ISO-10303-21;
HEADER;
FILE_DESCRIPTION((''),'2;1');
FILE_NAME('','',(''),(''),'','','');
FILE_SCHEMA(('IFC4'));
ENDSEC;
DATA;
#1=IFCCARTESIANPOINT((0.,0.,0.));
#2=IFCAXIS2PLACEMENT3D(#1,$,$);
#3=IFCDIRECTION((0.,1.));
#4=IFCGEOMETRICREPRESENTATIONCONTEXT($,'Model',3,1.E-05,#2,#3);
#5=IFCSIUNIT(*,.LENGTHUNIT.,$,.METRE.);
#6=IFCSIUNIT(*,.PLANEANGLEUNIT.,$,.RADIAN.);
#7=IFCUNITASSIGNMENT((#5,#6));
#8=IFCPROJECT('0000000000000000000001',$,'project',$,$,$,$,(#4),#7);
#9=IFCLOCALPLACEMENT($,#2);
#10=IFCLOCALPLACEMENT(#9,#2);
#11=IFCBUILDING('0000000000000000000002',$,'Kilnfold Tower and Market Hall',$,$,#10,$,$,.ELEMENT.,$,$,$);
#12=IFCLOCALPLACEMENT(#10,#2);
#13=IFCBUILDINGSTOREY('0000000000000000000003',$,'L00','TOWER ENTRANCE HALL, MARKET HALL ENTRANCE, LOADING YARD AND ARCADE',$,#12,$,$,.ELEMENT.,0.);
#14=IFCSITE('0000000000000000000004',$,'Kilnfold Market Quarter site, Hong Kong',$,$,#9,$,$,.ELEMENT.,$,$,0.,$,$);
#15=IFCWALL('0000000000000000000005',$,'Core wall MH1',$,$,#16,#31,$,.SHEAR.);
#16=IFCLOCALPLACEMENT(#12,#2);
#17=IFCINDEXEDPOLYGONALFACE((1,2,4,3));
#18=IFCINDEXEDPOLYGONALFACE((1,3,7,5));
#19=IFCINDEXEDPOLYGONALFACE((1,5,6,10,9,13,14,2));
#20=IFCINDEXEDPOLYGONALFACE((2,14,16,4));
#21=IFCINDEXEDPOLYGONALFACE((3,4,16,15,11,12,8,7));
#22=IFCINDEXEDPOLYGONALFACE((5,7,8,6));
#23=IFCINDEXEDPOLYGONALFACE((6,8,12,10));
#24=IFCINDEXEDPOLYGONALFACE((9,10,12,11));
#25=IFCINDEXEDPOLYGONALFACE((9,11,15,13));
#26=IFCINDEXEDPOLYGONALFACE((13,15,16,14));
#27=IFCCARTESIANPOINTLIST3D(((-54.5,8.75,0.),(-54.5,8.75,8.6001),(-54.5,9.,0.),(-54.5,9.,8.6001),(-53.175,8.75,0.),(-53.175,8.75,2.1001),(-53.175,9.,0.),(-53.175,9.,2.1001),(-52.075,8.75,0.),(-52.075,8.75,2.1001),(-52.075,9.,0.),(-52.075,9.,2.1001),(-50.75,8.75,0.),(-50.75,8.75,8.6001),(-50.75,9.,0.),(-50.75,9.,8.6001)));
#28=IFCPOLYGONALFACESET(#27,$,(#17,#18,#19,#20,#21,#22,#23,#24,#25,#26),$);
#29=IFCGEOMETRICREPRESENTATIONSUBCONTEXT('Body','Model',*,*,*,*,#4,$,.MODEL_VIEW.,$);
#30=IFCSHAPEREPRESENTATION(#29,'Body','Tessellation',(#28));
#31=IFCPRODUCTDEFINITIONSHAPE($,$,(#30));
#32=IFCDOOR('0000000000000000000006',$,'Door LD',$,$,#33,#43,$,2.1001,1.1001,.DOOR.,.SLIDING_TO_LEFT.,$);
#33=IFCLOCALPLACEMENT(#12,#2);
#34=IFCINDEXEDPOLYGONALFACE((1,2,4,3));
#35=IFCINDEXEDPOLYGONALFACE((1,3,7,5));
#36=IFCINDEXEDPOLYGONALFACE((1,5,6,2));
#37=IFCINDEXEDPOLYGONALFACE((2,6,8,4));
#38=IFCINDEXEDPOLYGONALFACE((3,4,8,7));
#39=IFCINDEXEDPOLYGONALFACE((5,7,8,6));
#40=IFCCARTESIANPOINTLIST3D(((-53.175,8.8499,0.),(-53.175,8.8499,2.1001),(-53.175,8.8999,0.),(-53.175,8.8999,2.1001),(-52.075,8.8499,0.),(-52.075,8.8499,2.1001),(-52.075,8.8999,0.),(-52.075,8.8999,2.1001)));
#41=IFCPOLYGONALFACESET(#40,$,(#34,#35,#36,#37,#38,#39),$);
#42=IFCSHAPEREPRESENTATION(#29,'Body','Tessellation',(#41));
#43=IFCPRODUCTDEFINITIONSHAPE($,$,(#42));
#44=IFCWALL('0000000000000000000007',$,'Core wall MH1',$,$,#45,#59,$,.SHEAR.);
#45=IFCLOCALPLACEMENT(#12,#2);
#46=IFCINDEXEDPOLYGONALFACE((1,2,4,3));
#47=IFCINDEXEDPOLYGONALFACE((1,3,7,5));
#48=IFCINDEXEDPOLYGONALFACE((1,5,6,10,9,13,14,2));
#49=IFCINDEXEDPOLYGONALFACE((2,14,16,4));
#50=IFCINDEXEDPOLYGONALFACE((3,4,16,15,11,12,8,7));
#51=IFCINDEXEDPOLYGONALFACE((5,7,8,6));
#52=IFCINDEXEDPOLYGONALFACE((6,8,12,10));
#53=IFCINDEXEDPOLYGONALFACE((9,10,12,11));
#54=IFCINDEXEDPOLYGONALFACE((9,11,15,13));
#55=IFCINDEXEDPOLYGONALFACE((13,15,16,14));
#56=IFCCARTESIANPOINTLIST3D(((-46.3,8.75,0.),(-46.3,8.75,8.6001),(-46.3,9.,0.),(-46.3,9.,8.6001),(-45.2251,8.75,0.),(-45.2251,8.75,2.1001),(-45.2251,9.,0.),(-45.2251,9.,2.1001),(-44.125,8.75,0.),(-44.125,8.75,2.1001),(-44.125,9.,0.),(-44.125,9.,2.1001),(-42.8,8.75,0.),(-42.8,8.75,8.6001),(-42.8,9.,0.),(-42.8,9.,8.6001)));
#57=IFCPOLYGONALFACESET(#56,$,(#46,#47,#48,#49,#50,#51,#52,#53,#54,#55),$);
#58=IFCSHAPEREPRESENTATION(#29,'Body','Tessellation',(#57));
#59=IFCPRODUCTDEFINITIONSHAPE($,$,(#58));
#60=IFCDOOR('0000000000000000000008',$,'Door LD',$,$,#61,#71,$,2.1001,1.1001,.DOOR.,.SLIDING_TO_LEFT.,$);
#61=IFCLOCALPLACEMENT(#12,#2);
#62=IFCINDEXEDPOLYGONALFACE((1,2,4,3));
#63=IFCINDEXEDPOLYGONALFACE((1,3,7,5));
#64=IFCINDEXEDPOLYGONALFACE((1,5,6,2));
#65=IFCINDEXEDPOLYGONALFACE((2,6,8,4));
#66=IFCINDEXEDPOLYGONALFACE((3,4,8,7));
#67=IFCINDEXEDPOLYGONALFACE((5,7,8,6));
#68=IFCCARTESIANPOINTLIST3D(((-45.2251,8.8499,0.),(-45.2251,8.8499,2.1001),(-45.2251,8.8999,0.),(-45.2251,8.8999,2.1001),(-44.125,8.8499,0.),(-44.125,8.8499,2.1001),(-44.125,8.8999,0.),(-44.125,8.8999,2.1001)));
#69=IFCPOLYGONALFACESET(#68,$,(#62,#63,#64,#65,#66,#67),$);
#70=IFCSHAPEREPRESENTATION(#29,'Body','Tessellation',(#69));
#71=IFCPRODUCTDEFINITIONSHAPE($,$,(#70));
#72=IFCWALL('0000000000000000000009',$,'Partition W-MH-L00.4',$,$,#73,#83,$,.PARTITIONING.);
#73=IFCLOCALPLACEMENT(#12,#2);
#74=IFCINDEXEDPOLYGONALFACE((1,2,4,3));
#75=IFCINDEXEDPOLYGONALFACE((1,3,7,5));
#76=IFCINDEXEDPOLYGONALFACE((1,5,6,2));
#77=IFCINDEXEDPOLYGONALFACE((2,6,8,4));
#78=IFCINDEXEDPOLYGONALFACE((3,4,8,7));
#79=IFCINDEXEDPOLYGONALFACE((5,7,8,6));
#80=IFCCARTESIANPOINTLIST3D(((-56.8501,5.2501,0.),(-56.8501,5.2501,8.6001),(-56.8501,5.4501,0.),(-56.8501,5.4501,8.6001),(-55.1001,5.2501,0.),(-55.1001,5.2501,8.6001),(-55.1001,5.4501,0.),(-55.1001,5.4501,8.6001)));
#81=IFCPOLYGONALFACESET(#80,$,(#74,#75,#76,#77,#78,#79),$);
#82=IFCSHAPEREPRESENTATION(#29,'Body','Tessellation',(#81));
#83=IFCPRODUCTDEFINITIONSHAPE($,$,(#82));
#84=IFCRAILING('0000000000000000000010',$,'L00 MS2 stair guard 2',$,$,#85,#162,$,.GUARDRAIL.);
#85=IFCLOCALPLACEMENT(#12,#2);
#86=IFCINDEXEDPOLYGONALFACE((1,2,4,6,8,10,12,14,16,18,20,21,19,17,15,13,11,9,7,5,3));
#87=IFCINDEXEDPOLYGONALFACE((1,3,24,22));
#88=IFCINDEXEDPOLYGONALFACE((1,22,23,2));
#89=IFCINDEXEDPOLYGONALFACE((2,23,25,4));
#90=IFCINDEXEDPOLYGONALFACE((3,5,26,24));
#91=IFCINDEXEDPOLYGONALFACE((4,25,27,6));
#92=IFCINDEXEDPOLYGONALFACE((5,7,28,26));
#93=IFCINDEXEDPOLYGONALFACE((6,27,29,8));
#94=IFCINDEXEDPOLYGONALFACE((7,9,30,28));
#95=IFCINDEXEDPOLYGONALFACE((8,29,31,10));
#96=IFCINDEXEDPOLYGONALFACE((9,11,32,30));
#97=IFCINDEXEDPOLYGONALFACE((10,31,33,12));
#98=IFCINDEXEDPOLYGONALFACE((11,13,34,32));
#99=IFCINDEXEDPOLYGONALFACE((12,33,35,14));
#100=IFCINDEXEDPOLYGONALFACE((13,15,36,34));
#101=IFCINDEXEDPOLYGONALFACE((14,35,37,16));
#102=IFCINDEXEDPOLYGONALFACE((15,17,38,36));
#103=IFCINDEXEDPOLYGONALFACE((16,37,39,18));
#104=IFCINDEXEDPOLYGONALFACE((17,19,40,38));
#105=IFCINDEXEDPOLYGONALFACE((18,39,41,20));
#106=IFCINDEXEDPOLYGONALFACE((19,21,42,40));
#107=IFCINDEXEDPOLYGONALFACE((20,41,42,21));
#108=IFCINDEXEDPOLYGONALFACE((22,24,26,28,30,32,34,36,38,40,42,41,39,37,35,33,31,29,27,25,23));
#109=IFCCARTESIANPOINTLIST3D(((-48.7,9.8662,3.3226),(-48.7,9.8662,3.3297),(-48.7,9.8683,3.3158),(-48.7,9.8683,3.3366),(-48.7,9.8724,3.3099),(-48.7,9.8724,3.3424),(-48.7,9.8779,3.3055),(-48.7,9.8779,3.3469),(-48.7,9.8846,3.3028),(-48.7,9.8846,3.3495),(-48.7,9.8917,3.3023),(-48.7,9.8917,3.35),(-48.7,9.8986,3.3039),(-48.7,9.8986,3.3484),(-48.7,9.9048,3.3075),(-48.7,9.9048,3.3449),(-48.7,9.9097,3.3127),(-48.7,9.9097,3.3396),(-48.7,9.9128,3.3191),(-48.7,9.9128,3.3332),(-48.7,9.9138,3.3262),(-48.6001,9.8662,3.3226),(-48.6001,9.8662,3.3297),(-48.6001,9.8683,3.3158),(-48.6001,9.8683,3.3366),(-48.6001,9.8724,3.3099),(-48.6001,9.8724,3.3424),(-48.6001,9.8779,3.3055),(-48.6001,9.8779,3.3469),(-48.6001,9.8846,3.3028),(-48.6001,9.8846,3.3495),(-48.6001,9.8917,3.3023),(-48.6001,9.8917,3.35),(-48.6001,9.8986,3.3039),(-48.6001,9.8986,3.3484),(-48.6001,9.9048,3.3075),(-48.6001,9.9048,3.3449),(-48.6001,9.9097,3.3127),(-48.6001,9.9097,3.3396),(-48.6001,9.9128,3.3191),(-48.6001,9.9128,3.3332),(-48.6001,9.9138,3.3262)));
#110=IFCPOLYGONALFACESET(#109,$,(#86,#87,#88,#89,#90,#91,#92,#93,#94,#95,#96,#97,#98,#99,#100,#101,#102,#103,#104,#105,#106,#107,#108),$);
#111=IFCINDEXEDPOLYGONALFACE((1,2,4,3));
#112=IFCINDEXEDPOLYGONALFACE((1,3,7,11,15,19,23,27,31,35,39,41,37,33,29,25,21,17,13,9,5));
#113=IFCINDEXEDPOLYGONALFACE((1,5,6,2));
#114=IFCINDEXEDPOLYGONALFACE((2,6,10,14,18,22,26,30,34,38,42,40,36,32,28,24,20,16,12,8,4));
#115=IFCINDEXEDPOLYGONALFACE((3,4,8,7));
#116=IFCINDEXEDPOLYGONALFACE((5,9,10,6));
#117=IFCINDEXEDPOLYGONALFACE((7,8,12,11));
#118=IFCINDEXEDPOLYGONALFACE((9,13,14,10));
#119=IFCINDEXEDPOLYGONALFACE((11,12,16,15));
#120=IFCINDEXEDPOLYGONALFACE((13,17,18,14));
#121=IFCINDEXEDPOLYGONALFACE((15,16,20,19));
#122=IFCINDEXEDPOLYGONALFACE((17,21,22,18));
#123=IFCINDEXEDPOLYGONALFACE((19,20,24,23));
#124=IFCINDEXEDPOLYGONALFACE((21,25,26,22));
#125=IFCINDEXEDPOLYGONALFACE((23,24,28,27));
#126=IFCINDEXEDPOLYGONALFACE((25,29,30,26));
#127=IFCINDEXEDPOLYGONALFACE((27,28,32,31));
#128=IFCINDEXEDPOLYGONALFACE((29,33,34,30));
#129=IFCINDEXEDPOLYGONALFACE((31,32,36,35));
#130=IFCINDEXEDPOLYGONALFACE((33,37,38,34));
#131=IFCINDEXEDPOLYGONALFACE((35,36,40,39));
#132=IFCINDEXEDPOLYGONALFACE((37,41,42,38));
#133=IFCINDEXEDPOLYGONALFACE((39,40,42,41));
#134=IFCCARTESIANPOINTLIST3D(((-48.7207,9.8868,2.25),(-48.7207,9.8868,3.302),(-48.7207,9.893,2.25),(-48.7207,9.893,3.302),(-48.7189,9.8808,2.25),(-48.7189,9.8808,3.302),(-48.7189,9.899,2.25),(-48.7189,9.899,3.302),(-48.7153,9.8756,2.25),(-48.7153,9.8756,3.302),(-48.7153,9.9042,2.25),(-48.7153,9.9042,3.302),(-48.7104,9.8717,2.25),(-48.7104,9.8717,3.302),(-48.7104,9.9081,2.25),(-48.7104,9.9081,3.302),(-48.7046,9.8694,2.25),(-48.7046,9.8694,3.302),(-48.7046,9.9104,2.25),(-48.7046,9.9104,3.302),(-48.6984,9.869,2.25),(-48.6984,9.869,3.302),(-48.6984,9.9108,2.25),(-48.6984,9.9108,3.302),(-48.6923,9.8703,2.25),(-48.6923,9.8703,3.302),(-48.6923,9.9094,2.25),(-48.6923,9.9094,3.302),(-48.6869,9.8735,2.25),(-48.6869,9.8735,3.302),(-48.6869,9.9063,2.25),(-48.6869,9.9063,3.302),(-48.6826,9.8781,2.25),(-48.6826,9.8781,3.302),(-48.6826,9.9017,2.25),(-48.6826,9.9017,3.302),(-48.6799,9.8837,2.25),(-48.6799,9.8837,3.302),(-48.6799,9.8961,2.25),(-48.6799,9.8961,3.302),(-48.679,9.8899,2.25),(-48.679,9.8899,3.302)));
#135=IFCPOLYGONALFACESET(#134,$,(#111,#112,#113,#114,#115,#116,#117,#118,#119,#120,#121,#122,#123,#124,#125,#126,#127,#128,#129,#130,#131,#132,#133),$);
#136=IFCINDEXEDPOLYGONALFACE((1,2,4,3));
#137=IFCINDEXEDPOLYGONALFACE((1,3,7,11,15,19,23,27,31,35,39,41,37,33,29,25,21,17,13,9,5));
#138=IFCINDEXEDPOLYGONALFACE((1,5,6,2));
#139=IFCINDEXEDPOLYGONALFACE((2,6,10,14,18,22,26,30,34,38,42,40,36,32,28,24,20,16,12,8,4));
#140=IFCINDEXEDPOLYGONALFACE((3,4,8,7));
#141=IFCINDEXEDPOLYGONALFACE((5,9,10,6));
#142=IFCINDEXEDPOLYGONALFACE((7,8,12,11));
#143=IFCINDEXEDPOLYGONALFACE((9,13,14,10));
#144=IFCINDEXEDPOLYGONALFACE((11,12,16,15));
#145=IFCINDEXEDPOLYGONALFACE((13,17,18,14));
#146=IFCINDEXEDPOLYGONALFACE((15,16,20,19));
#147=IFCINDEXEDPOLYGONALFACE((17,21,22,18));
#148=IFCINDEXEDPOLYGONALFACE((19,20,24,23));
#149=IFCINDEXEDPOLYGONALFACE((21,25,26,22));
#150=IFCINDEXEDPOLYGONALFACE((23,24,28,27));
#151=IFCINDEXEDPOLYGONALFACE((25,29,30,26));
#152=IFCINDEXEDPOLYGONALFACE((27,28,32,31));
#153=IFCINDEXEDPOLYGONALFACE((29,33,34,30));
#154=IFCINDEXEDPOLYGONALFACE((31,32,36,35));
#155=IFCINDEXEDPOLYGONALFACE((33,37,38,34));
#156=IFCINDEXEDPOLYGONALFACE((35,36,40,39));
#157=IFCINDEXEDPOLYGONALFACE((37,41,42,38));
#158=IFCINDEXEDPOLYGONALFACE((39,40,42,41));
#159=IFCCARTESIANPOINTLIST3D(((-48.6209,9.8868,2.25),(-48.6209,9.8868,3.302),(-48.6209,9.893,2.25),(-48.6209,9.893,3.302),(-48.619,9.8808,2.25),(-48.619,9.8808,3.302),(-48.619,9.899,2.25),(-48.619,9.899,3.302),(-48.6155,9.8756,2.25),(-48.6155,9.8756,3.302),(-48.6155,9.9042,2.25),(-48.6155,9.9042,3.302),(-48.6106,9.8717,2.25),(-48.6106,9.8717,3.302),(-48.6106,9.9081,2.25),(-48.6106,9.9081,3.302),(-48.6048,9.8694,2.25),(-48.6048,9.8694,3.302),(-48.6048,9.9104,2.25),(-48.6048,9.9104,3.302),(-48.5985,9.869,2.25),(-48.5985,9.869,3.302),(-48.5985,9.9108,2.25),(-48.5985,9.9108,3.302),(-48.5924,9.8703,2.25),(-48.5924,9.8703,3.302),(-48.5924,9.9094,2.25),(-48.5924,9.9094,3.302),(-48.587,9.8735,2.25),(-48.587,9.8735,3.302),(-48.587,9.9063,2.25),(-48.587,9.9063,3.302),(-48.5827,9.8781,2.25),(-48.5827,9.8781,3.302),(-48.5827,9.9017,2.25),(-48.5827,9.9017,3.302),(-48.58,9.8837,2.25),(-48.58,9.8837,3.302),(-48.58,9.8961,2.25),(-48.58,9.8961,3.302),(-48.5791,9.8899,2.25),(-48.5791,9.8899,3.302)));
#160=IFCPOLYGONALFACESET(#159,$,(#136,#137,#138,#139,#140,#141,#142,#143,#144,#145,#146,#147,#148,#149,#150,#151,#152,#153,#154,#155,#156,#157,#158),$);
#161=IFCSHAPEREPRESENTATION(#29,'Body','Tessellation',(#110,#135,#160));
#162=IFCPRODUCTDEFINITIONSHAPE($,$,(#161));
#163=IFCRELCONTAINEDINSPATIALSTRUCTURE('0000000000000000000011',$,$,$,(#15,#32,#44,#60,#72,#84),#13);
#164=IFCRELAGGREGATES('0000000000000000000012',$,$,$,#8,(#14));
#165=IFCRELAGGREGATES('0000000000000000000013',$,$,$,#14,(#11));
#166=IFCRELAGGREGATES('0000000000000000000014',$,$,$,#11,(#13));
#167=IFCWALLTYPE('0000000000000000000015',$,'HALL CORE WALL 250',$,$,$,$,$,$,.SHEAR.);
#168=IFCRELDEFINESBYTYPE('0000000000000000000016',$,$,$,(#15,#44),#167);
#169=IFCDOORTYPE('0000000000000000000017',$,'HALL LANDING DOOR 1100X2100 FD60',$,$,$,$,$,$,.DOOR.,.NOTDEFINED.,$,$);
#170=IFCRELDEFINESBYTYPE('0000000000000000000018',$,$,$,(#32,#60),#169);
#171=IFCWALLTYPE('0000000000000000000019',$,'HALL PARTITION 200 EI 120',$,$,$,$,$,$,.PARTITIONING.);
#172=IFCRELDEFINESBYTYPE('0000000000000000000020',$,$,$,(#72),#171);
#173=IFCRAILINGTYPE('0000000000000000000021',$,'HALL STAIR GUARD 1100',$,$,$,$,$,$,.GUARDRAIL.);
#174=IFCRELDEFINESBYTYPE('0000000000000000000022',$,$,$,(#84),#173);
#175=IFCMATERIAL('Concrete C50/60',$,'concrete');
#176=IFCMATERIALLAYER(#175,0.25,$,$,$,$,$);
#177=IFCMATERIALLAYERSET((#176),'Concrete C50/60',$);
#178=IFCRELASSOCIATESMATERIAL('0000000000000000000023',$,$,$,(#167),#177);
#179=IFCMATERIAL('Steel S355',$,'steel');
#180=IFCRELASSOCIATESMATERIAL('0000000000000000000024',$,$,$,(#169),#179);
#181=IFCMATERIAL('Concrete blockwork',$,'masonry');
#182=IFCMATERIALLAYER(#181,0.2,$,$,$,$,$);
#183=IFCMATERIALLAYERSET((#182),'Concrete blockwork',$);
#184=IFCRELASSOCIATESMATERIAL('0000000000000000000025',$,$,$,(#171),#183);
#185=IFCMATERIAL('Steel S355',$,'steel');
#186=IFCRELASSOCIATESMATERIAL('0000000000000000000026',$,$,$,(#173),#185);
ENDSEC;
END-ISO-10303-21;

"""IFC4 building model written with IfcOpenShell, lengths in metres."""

from ifc_helpers import new_model, si_unit, direction, frame, frame_2d, origin, origin_2d, place, context, subcontext, project, spatial, rectangle, circle, extrude, source, transform, mapped, material, layer, layer_set, type_object, element, fill, save


model = new_model("IFC4")

# Units and contexts
model_context = context("Model", 3, precision=1e-05, world=origin(), true_north=direction((0.0, 1.0)))
body_context = subcontext(model_context, "Body", "Model", "MODEL_VIEW")
ifc_project = project(units=[si_unit("LENGTHUNIT", "METRE"), si_unit("PLANEANGLEUNIT", "RADIAN")], contexts=[model_context])

# Site, building, storey
site_placement = place(None, origin())
site = spatial("IfcSite", under=ifc_project, at=site_placement, Name="Kilnfold Market Quarter site, Hong Kong", CompositionType="ELEMENT", RefElevation=0.0)
building_placement = place(site_placement, origin())
building = spatial("IfcBuilding", under=site, at=building_placement, Name="Kilnfold Tower and Market Hall", CompositionType="ELEMENT")
storey_placement = place(building_placement, origin())
storey = spatial("IfcBuildingStorey", under=building, at=storey_placement, Name="L00", Description="TOWER ENTRANCE HALL, MARKET HALL ENTRANCE, LOADING YARD AND ARCADE", CompositionType="ELEMENT", Elevation=0.0)

# Shared definitions
ifc_material_1 = material(Name="Concrete C50/60", Category="concrete")
ifc_layer_1 = layer(ifc_material_1, 0.25)
ifc_layer_set_1 = layer_set([ifc_layer_1], Name="Concrete C50/60")
wall_type_1 = type_object("IfcWallType", Name="HALL CORE WALL 250", PredefinedType="SHEAR", material=ifc_layer_set_1)

# Walls, openings, doors
shared_shape_1 = source(origin(), body_context, "Body", "SweptSolid", [
    extrude(rectangle(XDim=3.75, YDim=0.25, at=frame_2d((1.875, 0.0))), origin(), (0.0, 0.0, 1.0), 8.6001),
])
wall_1_placement = place(storey_placement, frame((-54.5, 8.875, 0.0), z_axis=(0.0, 0.0, 1.0), x_axis=(1.0, 0.0, 0.0)))
wall_1 = element("IfcWall", 1, at=wall_1_placement, inside=storey, type_object=wall_type_1, Name="Core wall MH1", PredefinedType="SHEAR", context=body_context, shape_type="MappedRepresentation", body=[
    mapped(shared_shape_1, transform((0.0, 0.0, 0.0))),
])
opening_1_placement = place(wall_1_placement, frame((1.325, 0.0, 0.0)))
opening_1 = element("IfcOpeningElement", 2, at=opening_1_placement, cuts=wall_1, PredefinedType="OPENING", context=body_context, shape_type="SweptSolid", body=[
    extrude(rectangle(XDim=1.1001, YDim=2.1001, at=frame_2d((0.55, 1.05))), frame((0.0, 0.135, 0.0), z_axis=(0.0, -1.0, 0.0), x_axis=(1.0, 0.0, 0.0)), (0.0, 0.0, 1.0), 0.27),
])
ifc_material_2 = material(Name="Steel S355", Category="steel")
door_type_1 = type_object("IfcDoorType", Name="HALL LANDING DOOR 1100X2100 FD60", OperationType="NOTDEFINED", PredefinedType="DOOR", material=ifc_material_2)
door_1_placement = place(opening_1_placement, origin())
door_1 = element("IfcDoor", 3, at=door_1_placement, inside=storey, type_object=door_type_1, Name="Door LD", OperationType="SLIDING_TO_LEFT", OverallHeight=2.1001, OverallWidth=1.1001, PredefinedType="DOOR", context=body_context, shape_type="SweptSolid", body=[
    extrude(rectangle(XDim=1.1001, YDim=2.1001, at=frame_2d((0.55, 1.05))), frame((0.0, 0.0249, 0.0), z_axis=(0.0, -1.0, 0.0), x_axis=(1.0, 0.0, 0.0)), (0.0, 0.0, 1.0), 0.05),
])
fill(opening_1, door_1)
shared_shape_2 = source(origin(), body_context, "Body", "SweptSolid", [
    extrude(rectangle(XDim=3.5, YDim=0.25, at=frame_2d((1.75, 0.0))), origin(), (0.0, 0.0, 1.0), 8.6001),
])
wall_2_placement = place(storey_placement, frame((-46.3, 8.875, 0.0), z_axis=(0.0, 0.0, 1.0), x_axis=(1.0, 0.0, 0.0)))
wall_2 = element("IfcWall", 4, at=wall_2_placement, inside=storey, type_object=wall_type_1, Name="Core wall MH1", PredefinedType="SHEAR", context=body_context, shape_type="MappedRepresentation", body=[
    mapped(shared_shape_2, transform((0.0, 0.0, 0.0))),
])
opening_2_placement = place(wall_2_placement, frame((1.075, 0.0, 0.0)))
opening_2 = element("IfcOpeningElement", 5, at=opening_2_placement, cuts=wall_2, PredefinedType="OPENING", context=body_context, shape_type="SweptSolid", body=[
    extrude(rectangle(XDim=1.1001, YDim=2.1001, at=frame_2d((0.55, 1.05))), frame((0.0, 0.135, 0.0), z_axis=(0.0, -1.0, 0.0), x_axis=(1.0, 0.0, 0.0)), (0.0, 0.0, 1.0), 0.27),
])
door_2_placement = place(opening_2_placement, origin())
door_2 = element("IfcDoor", 6, at=door_2_placement, inside=storey, type_object=door_type_1, Name="Door LD", OperationType="SLIDING_TO_LEFT", OverallHeight=2.1001, OverallWidth=1.1001, PredefinedType="DOOR", context=body_context, shape_type="SweptSolid", body=[
    extrude(rectangle(XDim=1.1001, YDim=2.1001, at=frame_2d((0.55, 1.05))), frame((0.0, 0.0249, 0.0), z_axis=(0.0, -1.0, 0.0), x_axis=(1.0, 0.0, 0.0)), (0.0, 0.0, 1.0), 0.05),
])
fill(opening_2, door_2)

# Wall
ifc_material_3 = material(Name="Concrete blockwork", Category="masonry")
ifc_layer_2 = layer(ifc_material_3, 0.2)
ifc_layer_set_2 = layer_set([ifc_layer_2], Name="Concrete blockwork")
wall_type_2 = type_object("IfcWallType", Name="HALL PARTITION 200 EI 120", PredefinedType="PARTITIONING", material=ifc_layer_set_2)
shared_shape_3 = source(origin(), body_context, "Body", "SweptSolid", [
    extrude(rectangle(XDim=1.75, YDim=0.2, at=frame_2d((0.875, 0.0))), origin(), (0.0, 0.0, 1.0), 8.6001),
])
wall_3_placement = place(storey_placement, frame((-56.8501, 5.3501, 0.0), z_axis=(0.0, 0.0, 1.0), x_axis=(1.0, 0.0, 0.0)))
element("IfcWall", 7, at=wall_3_placement, inside=storey, type_object=wall_type_2, Name="Partition W-MH-L00.4", PredefinedType="PARTITIONING", context=body_context, shape_type="MappedRepresentation", body=[
    mapped(shared_shape_3, transform((0.0, 0.0, 0.0))),
])

# Railing
ifc_material_4 = material(Name="Steel S355", Category="steel")
railing_type = type_object("IfcRailingType", Name="HALL STAIR GUARD 1100", PredefinedType="GUARDRAIL", material=ifc_material_4)
for number, where, name in (
    (8, (-48.7, 9.8899, 2.25), "L00 MS2 stair guard 2"),
):
    element("IfcRailing", number, at=place(storey_placement, frame(where)), inside=storey, type_object=railing_type, Name=name, PredefinedType="GUARDRAIL", context=body_context, shape_type="SweptSolid", body=[
        extrude(circle(Radius=0.0239, at=origin_2d()), frame((0.0, 0.0, 1.0762), z_axis=(1.0, 0.0, 0.0), x_axis=(0.0, 1.0, 0.0)), (0.0, 0.0, 1.0), 0.0999),
        extrude(circle(Radius=0.021, at=origin_2d()), origin(), (0.0, 0.0, 1.0), 1.052),
        extrude(circle(Radius=0.021, at=origin_2d()), frame((0.0999, 0.0, 0.0)), (0.0, 0.0, 1.0), 1.052),
    ])

save(model, "model.ifc")
